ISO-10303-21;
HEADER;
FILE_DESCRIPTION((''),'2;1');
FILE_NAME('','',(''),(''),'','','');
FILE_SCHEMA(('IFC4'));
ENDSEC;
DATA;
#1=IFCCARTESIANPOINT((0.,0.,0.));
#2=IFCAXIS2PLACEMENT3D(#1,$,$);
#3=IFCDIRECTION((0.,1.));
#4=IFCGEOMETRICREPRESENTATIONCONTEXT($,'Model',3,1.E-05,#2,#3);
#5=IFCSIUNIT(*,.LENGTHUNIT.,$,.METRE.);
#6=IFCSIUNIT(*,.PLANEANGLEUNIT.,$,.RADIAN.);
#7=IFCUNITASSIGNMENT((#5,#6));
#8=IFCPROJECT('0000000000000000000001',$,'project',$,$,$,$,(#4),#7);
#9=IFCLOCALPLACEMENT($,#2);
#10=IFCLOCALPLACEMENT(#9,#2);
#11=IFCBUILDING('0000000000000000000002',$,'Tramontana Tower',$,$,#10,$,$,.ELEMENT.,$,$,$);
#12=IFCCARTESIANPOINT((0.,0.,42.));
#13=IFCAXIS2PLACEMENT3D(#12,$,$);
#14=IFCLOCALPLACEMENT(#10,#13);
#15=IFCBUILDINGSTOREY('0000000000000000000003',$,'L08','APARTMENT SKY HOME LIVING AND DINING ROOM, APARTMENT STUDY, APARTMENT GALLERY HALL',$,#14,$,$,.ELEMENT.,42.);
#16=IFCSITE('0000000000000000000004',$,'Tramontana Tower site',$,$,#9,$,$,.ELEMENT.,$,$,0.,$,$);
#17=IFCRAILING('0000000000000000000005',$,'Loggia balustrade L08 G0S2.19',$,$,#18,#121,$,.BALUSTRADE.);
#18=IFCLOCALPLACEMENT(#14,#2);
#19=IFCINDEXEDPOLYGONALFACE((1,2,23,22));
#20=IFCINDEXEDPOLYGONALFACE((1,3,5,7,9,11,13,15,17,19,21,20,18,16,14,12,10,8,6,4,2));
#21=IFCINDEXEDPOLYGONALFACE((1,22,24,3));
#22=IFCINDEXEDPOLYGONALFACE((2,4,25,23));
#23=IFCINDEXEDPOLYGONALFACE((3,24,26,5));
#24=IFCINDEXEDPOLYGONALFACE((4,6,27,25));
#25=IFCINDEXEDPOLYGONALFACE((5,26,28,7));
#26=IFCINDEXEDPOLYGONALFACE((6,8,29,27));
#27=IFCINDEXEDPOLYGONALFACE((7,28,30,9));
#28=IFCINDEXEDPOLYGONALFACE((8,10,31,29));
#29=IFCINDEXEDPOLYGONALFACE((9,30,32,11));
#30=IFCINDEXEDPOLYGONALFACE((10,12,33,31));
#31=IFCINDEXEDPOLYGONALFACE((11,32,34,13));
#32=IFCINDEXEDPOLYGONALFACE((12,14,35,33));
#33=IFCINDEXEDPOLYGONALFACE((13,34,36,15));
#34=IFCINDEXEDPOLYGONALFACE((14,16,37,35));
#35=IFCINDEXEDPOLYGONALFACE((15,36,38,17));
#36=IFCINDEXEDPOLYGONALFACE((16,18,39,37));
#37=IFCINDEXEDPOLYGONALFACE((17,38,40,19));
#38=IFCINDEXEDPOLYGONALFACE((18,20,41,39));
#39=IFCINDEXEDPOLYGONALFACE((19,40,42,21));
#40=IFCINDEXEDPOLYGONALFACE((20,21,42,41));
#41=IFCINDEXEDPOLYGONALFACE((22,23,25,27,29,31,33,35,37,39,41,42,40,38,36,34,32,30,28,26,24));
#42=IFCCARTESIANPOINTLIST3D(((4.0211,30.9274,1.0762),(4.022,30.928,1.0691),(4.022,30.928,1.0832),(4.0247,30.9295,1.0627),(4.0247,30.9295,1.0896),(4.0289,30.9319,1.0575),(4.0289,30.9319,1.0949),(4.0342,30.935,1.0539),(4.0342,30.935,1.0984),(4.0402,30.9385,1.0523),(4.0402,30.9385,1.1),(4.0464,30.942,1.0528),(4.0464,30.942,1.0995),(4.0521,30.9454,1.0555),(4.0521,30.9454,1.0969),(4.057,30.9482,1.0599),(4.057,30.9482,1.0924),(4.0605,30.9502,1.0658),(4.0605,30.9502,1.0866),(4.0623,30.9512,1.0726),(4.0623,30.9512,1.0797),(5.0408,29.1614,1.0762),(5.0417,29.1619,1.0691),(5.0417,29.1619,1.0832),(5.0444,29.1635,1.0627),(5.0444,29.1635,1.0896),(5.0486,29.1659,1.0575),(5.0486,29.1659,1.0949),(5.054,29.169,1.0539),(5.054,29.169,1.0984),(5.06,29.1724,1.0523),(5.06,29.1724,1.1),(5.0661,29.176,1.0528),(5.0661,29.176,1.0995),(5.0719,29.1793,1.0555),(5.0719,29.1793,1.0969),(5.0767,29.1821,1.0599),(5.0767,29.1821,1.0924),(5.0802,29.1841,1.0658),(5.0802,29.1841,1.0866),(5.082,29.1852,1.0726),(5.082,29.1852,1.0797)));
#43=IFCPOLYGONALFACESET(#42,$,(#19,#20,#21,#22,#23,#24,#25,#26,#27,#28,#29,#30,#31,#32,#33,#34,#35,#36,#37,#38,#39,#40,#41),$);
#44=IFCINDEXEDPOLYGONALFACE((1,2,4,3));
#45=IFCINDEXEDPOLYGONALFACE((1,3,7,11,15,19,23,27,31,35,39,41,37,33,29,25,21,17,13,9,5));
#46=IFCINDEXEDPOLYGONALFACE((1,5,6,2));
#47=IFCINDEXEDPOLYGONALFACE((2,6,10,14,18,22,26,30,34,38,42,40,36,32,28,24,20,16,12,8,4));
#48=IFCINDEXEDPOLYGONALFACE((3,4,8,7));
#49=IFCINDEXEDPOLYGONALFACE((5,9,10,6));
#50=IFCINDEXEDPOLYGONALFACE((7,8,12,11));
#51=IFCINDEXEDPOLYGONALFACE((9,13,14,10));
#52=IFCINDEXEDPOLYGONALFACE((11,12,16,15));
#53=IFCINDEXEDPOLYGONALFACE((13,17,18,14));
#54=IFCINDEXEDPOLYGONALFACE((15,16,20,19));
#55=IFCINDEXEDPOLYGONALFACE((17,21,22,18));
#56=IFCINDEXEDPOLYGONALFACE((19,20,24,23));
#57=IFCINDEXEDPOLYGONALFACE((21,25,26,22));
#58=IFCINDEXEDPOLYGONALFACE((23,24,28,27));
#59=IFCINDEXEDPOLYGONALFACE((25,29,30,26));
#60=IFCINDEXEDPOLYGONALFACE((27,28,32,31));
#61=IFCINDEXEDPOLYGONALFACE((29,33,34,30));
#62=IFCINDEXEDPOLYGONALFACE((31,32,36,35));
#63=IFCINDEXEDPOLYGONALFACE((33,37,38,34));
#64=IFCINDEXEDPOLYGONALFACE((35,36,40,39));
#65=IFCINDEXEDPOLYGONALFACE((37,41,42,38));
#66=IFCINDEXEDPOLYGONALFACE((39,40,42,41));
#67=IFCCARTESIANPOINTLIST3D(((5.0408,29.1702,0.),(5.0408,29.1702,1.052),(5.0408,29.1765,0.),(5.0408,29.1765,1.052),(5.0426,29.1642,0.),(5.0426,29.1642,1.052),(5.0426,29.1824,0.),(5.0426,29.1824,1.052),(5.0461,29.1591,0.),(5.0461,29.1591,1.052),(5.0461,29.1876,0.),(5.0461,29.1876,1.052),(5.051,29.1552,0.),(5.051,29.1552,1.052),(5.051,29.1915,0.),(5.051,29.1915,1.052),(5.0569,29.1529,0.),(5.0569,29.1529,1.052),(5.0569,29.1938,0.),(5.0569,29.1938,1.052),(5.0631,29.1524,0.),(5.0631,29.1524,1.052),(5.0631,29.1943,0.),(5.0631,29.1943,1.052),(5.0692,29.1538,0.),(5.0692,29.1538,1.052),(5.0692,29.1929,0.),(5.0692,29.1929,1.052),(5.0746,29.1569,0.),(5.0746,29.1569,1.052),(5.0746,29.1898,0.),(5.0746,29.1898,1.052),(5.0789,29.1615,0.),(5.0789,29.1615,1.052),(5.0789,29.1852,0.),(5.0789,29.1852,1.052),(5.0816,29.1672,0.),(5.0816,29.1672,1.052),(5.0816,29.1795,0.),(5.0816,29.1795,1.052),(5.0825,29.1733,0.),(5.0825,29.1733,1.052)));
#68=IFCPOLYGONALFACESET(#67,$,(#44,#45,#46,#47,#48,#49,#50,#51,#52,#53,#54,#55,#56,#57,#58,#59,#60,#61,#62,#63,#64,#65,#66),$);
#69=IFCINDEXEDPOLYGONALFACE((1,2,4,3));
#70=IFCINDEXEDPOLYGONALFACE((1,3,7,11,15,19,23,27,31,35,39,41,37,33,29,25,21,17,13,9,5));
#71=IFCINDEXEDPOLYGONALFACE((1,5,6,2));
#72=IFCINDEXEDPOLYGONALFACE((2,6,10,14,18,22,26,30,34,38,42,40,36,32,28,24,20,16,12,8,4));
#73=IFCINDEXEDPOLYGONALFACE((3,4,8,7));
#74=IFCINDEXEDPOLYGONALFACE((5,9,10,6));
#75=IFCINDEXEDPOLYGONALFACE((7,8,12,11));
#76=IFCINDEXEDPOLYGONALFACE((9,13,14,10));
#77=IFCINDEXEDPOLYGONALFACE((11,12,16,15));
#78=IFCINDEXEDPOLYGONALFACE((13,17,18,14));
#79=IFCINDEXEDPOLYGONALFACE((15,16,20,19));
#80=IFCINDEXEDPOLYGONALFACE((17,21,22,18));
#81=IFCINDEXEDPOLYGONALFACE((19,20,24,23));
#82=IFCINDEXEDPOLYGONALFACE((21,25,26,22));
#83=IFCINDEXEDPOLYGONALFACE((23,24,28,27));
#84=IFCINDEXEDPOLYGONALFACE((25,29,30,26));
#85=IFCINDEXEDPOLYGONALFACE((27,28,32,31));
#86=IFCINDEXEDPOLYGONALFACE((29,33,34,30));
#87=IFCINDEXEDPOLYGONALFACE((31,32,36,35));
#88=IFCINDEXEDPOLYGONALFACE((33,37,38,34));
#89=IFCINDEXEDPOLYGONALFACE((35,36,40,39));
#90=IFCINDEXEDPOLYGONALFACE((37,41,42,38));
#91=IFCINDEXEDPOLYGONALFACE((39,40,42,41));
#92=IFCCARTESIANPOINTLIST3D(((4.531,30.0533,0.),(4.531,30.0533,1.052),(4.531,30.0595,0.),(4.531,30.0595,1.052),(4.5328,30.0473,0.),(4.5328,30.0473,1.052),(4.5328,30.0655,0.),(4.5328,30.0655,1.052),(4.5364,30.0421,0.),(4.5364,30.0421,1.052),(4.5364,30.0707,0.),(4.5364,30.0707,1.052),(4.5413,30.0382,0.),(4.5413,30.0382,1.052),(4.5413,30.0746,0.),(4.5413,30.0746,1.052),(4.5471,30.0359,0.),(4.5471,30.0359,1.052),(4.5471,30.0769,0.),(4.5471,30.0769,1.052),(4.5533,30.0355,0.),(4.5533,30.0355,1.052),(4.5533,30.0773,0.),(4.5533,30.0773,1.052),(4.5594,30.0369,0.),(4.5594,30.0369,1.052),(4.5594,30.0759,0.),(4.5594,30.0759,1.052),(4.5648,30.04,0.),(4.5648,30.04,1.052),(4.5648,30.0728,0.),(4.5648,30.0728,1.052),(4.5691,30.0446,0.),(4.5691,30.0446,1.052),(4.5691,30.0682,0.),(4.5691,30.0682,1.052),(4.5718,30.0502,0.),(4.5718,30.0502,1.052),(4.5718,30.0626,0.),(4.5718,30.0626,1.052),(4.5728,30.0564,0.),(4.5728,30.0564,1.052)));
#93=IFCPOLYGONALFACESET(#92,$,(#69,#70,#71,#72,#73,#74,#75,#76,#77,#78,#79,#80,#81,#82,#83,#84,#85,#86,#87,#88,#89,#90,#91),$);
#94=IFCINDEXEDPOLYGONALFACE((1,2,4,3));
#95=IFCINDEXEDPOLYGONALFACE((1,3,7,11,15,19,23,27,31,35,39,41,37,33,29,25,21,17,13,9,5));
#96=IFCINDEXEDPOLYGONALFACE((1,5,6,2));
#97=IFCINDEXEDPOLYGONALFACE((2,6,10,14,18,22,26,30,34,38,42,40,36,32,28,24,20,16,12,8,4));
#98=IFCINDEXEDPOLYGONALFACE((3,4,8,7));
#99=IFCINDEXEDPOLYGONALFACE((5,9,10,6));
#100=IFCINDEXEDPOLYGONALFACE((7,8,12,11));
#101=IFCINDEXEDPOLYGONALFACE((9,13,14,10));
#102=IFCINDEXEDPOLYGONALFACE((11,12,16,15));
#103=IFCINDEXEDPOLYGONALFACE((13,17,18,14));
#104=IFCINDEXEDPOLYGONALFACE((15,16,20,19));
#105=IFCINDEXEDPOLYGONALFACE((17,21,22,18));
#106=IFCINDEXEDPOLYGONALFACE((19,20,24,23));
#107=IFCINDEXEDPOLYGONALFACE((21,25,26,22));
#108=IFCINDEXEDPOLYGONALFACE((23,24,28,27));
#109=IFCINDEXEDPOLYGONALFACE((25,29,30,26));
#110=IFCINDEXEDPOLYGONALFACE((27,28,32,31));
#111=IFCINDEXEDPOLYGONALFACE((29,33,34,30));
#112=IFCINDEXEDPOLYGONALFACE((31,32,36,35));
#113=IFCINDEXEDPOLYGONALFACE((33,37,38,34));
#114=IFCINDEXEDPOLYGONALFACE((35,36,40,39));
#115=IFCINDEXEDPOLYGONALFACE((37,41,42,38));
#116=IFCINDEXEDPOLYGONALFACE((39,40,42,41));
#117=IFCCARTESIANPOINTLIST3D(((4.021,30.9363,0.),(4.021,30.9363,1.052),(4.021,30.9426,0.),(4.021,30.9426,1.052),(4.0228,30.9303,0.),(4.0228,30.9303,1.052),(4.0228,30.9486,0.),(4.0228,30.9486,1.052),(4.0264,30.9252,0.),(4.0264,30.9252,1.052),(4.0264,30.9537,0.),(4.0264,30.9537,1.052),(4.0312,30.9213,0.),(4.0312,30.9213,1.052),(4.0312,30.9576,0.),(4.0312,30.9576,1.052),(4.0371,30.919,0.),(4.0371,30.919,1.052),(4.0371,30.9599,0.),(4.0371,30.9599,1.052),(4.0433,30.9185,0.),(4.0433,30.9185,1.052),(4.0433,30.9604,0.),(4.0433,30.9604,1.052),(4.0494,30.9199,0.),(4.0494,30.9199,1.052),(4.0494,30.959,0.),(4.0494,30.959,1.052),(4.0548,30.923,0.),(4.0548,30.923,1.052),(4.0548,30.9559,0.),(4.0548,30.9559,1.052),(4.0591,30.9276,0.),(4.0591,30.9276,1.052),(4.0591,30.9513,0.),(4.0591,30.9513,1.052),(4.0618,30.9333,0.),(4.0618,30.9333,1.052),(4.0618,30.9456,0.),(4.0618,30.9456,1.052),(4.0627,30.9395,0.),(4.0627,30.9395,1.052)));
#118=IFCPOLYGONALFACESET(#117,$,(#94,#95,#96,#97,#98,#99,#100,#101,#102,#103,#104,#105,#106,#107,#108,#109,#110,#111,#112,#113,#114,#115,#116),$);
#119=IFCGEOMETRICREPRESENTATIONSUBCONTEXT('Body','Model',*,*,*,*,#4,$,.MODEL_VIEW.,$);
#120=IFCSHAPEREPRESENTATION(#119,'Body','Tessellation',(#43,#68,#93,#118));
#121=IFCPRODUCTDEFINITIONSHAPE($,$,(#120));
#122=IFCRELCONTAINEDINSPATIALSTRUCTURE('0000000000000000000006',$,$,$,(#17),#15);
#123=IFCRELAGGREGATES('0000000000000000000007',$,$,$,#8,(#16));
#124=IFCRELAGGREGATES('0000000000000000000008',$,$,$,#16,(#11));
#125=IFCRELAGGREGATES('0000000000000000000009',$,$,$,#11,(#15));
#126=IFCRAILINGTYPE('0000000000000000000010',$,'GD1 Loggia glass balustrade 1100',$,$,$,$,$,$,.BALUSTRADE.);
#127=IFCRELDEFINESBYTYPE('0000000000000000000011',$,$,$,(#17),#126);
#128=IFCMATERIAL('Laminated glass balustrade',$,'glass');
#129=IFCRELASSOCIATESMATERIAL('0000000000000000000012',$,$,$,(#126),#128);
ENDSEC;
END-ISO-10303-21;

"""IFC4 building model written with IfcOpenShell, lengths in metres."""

from ifc_helpers import new_model, si_unit, direction, frame, origin, origin_2d, place, context, subcontext, project, spatial, circle, extrude, material, type_object, element, save


model = new_model("IFC4")

# Units and contexts
model_context = context("Model", 3, precision=1e-05, world=origin(), true_north=direction((0.0, 1.0)))
body_context = subcontext(model_context, "Body", "Model", "MODEL_VIEW")
ifc_project = project(units=[si_unit("LENGTHUNIT", "METRE"), si_unit("PLANEANGLEUNIT", "RADIAN")], contexts=[model_context])

# Site, building, storey
site_placement = place(None, origin())
site = spatial("IfcSite", under=ifc_project, at=site_placement, Name="Tramontana Tower site", CompositionType="ELEMENT", RefElevation=0.0)
building_placement = place(site_placement, origin())
building = spatial("IfcBuilding", under=site, at=building_placement, Name="Tramontana Tower", CompositionType="ELEMENT")
storey_placement = place(building_placement, frame((0.0, 0.0, 42.0)))
storey = spatial("IfcBuildingStorey", under=building, at=storey_placement, Name="L08", Description="APARTMENT SKY HOME LIVING AND DINING ROOM, APARTMENT STUDY, APARTMENT GALLERY HALL", CompositionType="ELEMENT", Elevation=42.0)

# Railing
ifc_material_1 = material(Name="Laminated glass balustrade", Category="glass")
railing_type = type_object("IfcRailingType", Name="GD1 Loggia glass balustrade 1100", PredefinedType="BALUSTRADE", material=ifc_material_1)
railing_placement = place(storey_placement, frame((5.0615, 29.1733, 0.0)))
element("IfcRailing", 1, at=railing_placement, inside=storey, type_object=railing_type, Name="Loggia balustrade L08 G0S2.19", PredefinedType="BALUSTRADE", context=body_context, shape_type="SweptSolid", body=[
    extrude(circle(Radius=0.0239, at=origin_2d()), frame((0.0, 0.0, 1.0762), z_axis=(-0.50004, 0.866002, 0.0), x_axis=(-0.866002, -0.50004, 0.0)), (0.0, 0.0, 1.0), 2.0393),
    extrude(circle(Radius=0.021, at=origin_2d()), origin(), (0.0, 0.0, 1.0), 1.052),
    extrude(circle(Radius=0.021, at=origin_2d()), frame((-0.5098, 0.8831, 0.0)), (0.0, 0.0, 1.0), 1.052),
    extrude(circle(Radius=0.021, at=origin_2d()), frame((-1.0198, 1.7661, 0.0)), (0.0, 0.0, 1.0), 1.052),
])

save(model, "model.ifc")
